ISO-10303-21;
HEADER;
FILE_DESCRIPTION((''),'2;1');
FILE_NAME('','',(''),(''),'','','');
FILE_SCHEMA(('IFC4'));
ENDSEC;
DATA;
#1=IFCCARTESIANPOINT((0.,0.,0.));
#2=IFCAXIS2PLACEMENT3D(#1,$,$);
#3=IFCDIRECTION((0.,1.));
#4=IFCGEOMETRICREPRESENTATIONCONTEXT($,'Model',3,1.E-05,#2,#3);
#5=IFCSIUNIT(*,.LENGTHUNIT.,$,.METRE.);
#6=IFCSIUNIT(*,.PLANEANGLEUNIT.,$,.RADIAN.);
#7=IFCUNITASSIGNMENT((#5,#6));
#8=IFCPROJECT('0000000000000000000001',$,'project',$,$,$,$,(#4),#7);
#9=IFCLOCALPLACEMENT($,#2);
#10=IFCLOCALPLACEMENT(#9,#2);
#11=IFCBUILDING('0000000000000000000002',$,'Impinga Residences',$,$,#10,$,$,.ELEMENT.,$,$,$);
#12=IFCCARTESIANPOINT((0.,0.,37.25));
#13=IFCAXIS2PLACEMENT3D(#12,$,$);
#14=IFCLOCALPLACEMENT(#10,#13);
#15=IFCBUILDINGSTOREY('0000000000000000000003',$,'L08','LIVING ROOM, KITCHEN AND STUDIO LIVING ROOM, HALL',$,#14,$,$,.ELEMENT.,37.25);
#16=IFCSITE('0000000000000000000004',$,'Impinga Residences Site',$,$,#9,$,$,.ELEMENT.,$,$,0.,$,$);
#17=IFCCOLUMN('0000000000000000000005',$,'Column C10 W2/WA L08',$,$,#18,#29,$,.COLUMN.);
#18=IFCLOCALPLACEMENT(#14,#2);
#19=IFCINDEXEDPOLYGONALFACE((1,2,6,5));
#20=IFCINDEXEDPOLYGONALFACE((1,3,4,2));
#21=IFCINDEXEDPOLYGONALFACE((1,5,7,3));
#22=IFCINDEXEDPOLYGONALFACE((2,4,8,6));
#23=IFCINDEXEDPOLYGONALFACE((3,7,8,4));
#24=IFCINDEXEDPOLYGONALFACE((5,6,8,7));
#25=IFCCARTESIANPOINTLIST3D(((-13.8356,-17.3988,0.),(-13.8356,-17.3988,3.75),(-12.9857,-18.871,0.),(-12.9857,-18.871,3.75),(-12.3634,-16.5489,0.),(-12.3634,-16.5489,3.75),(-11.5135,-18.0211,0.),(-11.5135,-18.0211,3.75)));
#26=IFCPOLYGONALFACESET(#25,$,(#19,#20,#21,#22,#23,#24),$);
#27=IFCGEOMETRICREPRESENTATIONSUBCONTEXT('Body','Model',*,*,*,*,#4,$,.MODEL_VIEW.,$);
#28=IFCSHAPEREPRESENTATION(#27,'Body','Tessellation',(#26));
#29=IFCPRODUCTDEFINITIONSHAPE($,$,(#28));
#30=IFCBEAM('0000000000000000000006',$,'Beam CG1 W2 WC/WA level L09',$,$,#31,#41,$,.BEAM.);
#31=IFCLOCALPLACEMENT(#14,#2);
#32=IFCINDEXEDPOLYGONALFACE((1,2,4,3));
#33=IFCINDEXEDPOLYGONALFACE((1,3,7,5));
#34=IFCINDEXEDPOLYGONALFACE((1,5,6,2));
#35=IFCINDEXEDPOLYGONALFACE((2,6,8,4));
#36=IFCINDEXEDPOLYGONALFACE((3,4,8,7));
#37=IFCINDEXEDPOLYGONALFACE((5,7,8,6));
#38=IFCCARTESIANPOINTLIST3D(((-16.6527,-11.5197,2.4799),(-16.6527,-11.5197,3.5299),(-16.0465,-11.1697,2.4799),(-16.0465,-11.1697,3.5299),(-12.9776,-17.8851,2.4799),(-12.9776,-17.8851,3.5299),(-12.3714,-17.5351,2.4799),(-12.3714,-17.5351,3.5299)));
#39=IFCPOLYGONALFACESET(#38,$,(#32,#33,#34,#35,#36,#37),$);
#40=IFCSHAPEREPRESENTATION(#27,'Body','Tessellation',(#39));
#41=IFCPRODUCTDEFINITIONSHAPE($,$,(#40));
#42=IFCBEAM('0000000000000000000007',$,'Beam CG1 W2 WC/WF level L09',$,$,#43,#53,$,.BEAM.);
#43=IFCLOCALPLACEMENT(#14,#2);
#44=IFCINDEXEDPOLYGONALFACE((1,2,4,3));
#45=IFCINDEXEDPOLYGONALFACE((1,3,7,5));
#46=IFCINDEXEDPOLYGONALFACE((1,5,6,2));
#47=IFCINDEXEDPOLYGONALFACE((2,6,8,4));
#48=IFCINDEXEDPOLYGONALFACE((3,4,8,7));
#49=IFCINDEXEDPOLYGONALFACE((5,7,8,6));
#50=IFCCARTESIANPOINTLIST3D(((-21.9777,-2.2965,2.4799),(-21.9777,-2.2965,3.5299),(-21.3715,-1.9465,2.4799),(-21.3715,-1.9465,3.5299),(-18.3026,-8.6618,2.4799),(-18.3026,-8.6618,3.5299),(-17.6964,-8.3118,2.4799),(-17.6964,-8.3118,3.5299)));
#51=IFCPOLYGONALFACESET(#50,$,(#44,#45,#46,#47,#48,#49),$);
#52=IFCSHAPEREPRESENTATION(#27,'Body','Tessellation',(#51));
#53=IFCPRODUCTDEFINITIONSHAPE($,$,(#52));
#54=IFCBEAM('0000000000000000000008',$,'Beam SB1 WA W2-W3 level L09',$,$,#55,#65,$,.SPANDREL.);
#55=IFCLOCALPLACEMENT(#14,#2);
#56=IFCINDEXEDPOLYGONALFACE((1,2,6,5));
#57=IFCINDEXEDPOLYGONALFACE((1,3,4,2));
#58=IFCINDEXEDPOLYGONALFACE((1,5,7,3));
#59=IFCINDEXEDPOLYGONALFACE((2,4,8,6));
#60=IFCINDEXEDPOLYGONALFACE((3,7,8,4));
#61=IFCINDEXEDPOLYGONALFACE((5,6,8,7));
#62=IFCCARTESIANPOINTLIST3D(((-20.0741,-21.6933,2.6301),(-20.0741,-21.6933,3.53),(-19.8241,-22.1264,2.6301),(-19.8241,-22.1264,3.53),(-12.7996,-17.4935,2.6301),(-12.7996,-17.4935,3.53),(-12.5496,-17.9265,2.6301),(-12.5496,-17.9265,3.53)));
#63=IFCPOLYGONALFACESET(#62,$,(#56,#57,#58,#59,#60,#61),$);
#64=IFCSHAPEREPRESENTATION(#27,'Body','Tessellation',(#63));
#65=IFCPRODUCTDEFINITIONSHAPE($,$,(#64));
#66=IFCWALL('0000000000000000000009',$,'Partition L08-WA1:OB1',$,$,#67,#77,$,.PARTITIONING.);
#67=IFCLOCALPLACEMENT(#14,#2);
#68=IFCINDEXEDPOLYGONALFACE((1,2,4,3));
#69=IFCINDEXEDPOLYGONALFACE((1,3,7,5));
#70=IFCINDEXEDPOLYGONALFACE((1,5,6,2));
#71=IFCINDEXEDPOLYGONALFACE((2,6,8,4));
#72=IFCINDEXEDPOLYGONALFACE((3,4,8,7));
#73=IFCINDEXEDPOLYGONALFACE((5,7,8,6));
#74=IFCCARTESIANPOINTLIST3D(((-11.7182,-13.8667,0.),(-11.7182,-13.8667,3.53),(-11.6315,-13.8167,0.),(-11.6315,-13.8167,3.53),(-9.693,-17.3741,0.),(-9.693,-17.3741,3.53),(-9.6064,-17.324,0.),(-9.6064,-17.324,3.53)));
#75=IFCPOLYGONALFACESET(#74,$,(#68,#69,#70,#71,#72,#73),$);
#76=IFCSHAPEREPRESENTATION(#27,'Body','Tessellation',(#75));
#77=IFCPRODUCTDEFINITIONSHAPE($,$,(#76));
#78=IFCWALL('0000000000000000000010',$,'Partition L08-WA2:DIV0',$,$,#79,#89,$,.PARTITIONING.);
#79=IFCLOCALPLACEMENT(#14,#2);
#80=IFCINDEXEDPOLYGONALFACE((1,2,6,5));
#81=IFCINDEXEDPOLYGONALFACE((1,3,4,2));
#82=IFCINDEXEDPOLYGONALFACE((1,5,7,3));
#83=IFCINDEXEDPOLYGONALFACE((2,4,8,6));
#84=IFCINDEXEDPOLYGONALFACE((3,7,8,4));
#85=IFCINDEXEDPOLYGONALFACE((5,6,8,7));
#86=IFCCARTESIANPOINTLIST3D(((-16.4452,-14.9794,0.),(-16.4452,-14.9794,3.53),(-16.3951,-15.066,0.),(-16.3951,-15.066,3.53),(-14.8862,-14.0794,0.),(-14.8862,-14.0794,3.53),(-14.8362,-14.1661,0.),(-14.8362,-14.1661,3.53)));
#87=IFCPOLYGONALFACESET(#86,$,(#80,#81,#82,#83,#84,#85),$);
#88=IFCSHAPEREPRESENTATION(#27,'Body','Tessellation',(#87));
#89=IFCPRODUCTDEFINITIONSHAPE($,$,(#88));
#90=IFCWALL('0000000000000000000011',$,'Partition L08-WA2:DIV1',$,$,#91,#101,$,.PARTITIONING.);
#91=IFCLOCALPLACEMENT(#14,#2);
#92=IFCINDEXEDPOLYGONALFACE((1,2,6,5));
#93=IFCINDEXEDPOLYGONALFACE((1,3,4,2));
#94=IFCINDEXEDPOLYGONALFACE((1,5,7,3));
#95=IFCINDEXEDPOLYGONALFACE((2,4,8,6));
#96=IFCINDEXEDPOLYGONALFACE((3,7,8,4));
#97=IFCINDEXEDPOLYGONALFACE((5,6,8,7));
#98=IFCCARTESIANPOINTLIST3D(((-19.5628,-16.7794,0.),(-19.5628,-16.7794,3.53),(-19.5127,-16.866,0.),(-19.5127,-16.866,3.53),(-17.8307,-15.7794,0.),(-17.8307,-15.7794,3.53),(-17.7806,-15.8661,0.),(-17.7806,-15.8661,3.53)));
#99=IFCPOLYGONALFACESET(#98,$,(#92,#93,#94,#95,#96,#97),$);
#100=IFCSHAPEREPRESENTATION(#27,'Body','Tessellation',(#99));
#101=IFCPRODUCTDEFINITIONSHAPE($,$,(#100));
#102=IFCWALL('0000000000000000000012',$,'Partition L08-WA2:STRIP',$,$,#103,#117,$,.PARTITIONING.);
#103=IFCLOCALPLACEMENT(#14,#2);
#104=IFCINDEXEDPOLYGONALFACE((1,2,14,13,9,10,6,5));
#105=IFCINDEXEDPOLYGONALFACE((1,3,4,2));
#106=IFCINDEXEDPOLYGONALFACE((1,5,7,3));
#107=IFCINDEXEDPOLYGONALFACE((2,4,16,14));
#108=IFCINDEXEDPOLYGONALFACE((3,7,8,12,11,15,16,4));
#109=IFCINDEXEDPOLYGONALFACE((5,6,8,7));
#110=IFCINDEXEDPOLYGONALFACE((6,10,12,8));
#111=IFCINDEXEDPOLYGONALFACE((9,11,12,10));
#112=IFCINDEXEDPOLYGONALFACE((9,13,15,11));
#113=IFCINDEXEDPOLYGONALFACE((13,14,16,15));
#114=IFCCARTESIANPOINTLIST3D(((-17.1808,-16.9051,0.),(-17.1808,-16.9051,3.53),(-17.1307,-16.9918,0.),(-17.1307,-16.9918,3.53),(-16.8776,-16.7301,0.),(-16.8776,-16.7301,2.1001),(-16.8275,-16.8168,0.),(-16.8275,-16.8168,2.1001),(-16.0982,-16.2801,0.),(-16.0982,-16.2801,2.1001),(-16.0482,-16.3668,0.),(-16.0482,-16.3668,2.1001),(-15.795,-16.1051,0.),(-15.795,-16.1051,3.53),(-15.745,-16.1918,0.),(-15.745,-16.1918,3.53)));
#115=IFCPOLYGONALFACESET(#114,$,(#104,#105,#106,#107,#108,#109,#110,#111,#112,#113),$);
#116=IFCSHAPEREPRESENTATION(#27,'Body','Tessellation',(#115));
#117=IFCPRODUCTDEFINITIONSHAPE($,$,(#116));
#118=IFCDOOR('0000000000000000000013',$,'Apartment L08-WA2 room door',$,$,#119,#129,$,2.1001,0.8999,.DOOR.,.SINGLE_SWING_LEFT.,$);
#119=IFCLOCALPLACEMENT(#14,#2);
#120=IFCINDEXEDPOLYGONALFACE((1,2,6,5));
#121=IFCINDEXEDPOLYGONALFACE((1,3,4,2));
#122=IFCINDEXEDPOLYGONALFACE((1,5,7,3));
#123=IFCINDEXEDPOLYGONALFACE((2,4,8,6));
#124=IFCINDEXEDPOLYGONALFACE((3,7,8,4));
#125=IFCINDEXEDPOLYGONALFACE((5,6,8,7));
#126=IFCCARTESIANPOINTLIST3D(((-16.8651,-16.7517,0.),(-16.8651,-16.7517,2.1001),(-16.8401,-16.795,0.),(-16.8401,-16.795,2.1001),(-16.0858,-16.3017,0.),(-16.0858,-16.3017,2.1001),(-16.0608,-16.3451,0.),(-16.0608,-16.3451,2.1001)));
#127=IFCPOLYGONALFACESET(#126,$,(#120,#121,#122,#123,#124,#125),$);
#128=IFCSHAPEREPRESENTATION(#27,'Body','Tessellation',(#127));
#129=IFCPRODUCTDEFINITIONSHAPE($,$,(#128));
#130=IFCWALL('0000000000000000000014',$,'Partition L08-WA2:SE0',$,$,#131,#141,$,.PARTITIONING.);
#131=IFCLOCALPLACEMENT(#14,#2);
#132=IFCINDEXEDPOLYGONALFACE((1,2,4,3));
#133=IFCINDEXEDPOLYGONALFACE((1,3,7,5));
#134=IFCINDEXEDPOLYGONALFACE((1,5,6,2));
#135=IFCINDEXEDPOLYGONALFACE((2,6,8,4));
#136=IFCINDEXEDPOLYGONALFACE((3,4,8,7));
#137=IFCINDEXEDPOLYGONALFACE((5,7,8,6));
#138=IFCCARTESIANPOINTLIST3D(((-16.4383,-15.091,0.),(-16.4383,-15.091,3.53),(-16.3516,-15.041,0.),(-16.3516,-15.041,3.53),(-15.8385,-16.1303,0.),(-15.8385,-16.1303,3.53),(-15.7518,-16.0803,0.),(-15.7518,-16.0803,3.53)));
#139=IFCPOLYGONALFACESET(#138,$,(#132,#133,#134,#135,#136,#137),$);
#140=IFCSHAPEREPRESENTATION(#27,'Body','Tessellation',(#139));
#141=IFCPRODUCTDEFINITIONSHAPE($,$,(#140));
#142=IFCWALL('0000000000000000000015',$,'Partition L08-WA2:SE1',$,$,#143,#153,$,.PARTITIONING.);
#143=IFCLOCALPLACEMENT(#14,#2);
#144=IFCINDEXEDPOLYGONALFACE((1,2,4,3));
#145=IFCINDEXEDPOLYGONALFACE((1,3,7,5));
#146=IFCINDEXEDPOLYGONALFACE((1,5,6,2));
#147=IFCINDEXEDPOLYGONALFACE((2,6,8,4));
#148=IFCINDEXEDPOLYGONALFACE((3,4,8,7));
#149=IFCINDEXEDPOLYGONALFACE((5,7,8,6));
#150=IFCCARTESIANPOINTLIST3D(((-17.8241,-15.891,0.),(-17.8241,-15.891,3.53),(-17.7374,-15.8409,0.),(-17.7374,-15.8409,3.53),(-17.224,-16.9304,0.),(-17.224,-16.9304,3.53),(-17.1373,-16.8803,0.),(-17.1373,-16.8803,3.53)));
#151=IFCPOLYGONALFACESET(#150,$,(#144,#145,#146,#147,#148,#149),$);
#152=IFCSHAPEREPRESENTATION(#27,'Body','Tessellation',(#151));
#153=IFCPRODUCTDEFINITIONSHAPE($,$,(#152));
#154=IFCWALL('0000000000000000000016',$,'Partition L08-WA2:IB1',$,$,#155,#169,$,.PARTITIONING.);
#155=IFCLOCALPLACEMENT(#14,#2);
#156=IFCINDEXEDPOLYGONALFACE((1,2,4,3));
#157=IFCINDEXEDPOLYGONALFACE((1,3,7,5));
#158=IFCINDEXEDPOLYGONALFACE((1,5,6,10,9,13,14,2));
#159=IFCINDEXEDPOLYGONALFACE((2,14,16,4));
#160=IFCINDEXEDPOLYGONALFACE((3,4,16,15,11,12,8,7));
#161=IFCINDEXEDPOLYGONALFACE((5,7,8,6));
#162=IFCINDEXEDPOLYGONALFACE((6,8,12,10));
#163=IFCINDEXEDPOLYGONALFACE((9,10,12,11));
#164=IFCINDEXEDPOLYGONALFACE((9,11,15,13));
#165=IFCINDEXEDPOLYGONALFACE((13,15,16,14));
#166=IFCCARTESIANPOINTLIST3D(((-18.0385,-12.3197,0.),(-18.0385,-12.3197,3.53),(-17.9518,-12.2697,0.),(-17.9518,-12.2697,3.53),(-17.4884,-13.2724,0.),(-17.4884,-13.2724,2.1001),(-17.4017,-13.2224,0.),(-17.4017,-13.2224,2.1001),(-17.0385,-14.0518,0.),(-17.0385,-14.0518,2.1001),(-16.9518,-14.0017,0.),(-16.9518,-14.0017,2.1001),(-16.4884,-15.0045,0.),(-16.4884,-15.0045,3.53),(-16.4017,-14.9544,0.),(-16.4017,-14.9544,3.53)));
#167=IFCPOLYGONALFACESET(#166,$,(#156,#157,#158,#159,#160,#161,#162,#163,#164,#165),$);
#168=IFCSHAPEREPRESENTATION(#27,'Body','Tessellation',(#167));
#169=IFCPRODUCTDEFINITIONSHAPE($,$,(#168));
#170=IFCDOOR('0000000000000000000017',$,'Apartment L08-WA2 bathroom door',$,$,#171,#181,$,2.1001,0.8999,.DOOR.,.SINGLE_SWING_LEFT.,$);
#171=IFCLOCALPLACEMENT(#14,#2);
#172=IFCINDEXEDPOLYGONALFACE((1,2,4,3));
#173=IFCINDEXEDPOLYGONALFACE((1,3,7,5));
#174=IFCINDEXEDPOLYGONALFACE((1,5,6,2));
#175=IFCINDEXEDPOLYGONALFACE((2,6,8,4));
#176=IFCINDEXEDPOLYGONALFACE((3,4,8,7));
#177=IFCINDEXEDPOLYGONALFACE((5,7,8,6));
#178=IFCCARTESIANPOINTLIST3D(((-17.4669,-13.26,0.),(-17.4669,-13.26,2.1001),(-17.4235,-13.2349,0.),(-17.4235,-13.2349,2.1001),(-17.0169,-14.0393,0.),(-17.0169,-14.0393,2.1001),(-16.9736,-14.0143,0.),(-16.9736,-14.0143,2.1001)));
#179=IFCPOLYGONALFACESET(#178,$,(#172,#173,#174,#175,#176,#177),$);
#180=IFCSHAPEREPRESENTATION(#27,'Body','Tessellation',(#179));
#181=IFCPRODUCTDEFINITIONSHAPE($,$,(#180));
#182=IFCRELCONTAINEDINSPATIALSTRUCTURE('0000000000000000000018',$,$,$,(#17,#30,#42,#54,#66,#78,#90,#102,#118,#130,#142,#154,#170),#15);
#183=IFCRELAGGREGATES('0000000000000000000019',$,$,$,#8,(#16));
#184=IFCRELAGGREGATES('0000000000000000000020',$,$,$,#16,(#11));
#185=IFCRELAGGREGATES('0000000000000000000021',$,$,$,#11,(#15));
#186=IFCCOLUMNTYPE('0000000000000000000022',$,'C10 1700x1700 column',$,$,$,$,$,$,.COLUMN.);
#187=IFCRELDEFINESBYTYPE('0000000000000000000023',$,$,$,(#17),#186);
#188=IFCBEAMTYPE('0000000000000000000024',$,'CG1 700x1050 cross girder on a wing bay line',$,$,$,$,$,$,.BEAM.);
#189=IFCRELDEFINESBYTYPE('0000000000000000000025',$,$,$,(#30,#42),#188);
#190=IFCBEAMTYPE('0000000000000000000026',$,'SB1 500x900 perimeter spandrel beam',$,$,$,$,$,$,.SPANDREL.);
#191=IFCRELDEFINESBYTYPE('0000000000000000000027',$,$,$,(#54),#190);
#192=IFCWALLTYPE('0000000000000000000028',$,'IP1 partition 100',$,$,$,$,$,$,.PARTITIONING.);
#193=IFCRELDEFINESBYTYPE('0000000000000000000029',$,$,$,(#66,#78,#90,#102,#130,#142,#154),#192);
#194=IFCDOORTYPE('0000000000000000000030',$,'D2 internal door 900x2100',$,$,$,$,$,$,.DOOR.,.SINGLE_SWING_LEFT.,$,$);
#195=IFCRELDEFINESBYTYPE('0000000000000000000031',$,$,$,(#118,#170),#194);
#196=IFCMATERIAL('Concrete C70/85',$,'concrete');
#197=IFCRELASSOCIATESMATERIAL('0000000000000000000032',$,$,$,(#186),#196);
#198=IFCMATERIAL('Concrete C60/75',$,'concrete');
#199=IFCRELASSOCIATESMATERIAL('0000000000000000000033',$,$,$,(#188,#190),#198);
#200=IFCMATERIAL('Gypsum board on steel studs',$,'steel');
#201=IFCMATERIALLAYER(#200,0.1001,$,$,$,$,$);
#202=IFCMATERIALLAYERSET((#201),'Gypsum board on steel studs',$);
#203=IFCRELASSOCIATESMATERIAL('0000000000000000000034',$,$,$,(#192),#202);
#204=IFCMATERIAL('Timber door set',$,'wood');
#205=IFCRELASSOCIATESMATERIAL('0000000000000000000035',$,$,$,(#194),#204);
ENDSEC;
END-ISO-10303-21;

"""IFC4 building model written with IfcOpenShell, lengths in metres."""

from ifc_helpers import new_model, si_unit, direction, frame, frame_2d, origin, origin_2d, place, context, subcontext, project, spatial, rectangle, extrude, material, layer, layer_set, material_profile, profile_set, type_object, element, fill, save


model = new_model("IFC4")

# Units and contexts
model_context = context("Model", 3, precision=1e-05, world=origin(), true_north=direction((0.0, 1.0)))
body_context = subcontext(model_context, "Body", "Model", "MODEL_VIEW")
ifc_project = project(units=[si_unit("LENGTHUNIT", "METRE"), si_unit("PLANEANGLEUNIT", "RADIAN")], contexts=[model_context])

# Site, building, storey
site_placement = place(None, origin())
site = spatial("IfcSite", under=ifc_project, at=site_placement, Name="Impinga Residences Site", CompositionType="ELEMENT", RefElevation=0.0)
building_placement = place(site_placement, origin())
building = spatial("IfcBuilding", under=site, at=building_placement, Name="Impinga Residences", CompositionType="ELEMENT")
storey_placement = place(building_placement, frame((0.0, 0.0, 37.25)))
storey = spatial("IfcBuildingStorey", under=building, at=storey_placement, Name="L08", Description="LIVING ROOM, KITCHEN AND STUDIO LIVING ROOM, HALL", CompositionType="ELEMENT", Elevation=37.25)

# Column
ifc_material_1 = material(Name="Concrete C70/85", Category="concrete")
ifc_material_profile_1 = material_profile(ifc_material_1, rectangle(XDim=1.7, YDim=1.7, at=origin_2d()), Name="RC 1700x1700")
ifc_profile_set_1 = profile_set([ifc_material_profile_1], Name="Concrete C70/85")
column_type = type_object("IfcColumnType", Name="C10 1700x1700 column", PredefinedType="COLUMN", material=ifc_profile_set_1)
column_placement = place(storey_placement, frame((-12.6746, -17.71, 0.0), z_axis=(0.0, 0.0, 1.0), x_axis=(-0.5, 0.866025, 0.0)))
element("IfcColumn", 1, at=column_placement, inside=storey, type_object=column_type, Name="Column C10 W2/WA L08", PredefinedType="COLUMN", context=body_context, shape_type="SweptSolid", body=[
    extrude(rectangle(XDim=1.7, YDim=1.7, at=origin_2d()), origin(), (0.0, 0.0, 1.0), 3.75),
])

# Beams
ifc_material_2 = material(Name="Concrete C60/75", Category="concrete")
ifc_material_profile_2 = material_profile(ifc_material_2, rectangle(XDim=0.7, YDim=1.05, at=origin_2d()), Name="RC 700x1050")
ifc_profile_set_2 = profile_set([ifc_material_profile_2], Name="Concrete C60/75")
beam_type_1 = type_object("IfcBeamType", Name="CG1 700x1050 cross girder on a wing bay line", PredefinedType="BEAM", material=ifc_profile_set_2)
for number, where, z_axis, x_axis, name in (
    (2, (-16.3496, -11.3447, 3.0049), (0.500008, -0.866021, 0.0), (0.866021, 0.500008, 0.0), "Beam CG1 W2 WC/WA level L09"),
    (3, (-17.9995, -8.4868, 3.0049), (-0.500008, 0.866021, 0.0), (-0.866021, -0.500008, 0.0), "Beam CG1 W2 WC/WF level L09"),
):
    element("IfcBeam", number, at=place(storey_placement, frame(where, z_axis=z_axis, x_axis=x_axis)), inside=storey, type_object=beam_type_1, Name=name, PredefinedType="BEAM", context=body_context, shape_type="SweptSolid", body=[
        extrude(rectangle(XDim=0.7, YDim=1.05, at=origin_2d()), origin(), (0.0, 0.0, 1.0), 7.3501),
    ])
ifc_material_profile_3 = material_profile(ifc_material_2, rectangle(XDim=0.5, YDim=0.8999, at=origin_2d()), Name="RC 500x900")
ifc_profile_set_3 = profile_set([ifc_material_profile_3], Name="Concrete C60/75")
beam_type_2 = type_object("IfcBeamType", Name="SB1 500x900 perimeter spandrel beam", PredefinedType="SPANDREL", material=ifc_profile_set_3)
beam_placement = place(storey_placement, frame((-12.6746, -17.71, 3.0801), z_axis=(-0.866029, -0.499993, 0.0), x_axis=(0.499993, -0.866029, 0.0)))
element("IfcBeam", 4, at=beam_placement, inside=storey, type_object=beam_type_2, Name="Beam SB1 WA W2-W3 level L09", PredefinedType="SPANDREL", context=body_context, shape_type="SweptSolid", body=[
    extrude(rectangle(XDim=0.5, YDim=0.8999, at=origin_2d()), origin(), (0.0, 0.0, 1.0), 8.3999),
])

# Walls
ifc_material_3 = material(Name="Gypsum board on steel studs", Category="steel")
ifc_layer_1 = layer(ifc_material_3, 0.1001)
ifc_layer_set_1 = layer_set([ifc_layer_1], Name="Gypsum board on steel studs")
wall_type_1 = type_object("IfcWallType", Name="IP1 partition 100", PredefinedType="PARTITIONING", material=ifc_layer_set_1)
wall_1_placement = place(storey_placement, frame((-11.6748, -13.8418, 0.0), z_axis=(0.0, 0.0, 1.0), x_axis=(0.500036, -0.866005, 0.0)))
element("IfcWall", 5, at=wall_1_placement, inside=storey, type_object=wall_type_1, Name="Partition L08-WA1:OB1", PredefinedType="PARTITIONING", context=body_context, shape_type="SweptSolid", body=[
    extrude(rectangle(XDim=4.05, YDim=0.1001, at=frame_2d((2.0249, 0.0))), origin(), (0.0, 0.0, 1.0), 3.53),
])
wall_2_placement = place(storey_placement, frame((-14.8613, -14.1228, 0.0), z_axis=(0.0, 0.0, 1.0), x_axis=(-0.866048, -0.499961, 0.0)))
element("IfcWall", 6, at=wall_2_placement, inside=storey, type_object=wall_type_1, Name="Partition L08-WA2:DIV0", PredefinedType="PARTITIONING", context=body_context, shape_type="SweptSolid", body=[
    extrude(rectangle(XDim=1.8, YDim=0.1001, at=frame_2d((0.8999, 0.0))), origin(), (0.0, 0.0, 1.0), 3.53),
])
wall_3_placement = place(storey_placement, frame((-17.8057, -15.8228, 0.0), z_axis=(0.0, 0.0, 1.0), x_axis=(-0.866041, -0.499973, 0.0)))
element("IfcWall", 7, at=wall_3_placement, inside=storey, type_object=wall_type_1, Name="Partition L08-WA2:DIV1", PredefinedType="PARTITIONING", context=body_context, shape_type="SweptSolid", body=[
    extrude(rectangle(XDim=2.0, YDim=0.1001, at=frame_2d((1.0, 0.0))), origin(), (0.0, 0.0, 1.0), 3.53),
])

# Wall, opening, door
wall_4_placement = place(storey_placement, frame((-15.77, -16.1484, 0.0), z_axis=(0.0, 0.0, 1.0), x_axis=(-0.866028, -0.499995, 0.0)))
wall_4 = element("IfcWall", 8, at=wall_4_placement, inside=storey, type_object=wall_type_1, Name="Partition L08-WA2:STRIP", PredefinedType="PARTITIONING", context=body_context, shape_type="SweptSolid", body=[
    extrude(rectangle(XDim=1.6001, YDim=0.1001, at=frame_2d((0.8, 0.0))), origin(), (0.0, 0.0, 1.0), 3.53),
])
opening_1_placement = place(wall_4_placement, frame((0.3501, 0.0, 0.0)))
opening_1 = element("IfcOpeningElement", 9, at=opening_1_placement, cuts=wall_4, PredefinedType="OPENING", context=body_context, shape_type="SweptSolid", body=[
    extrude(rectangle(XDim=0.8999, YDim=2.1001, at=frame_2d((0.45, 1.05))), frame((0.0, 0.0601, 0.0), z_axis=(0.0, -1.0, 0.0), x_axis=(1.0, 0.0, 0.0)), (0.0, 0.0, 1.0), 0.1201),
])
ifc_material_4 = material(Name="Timber door set", Category="wood")
door_type = type_object("IfcDoorType", Name="D2 internal door 900x2100", OperationType="SINGLE_SWING_LEFT", PredefinedType="DOOR", material=ifc_material_4)
door_1_placement = place(opening_1_placement, origin())
door_1 = element("IfcDoor", 10, at=door_1_placement, inside=storey, type_object=door_type, Name="Apartment L08-WA2 room door", OperationType="SINGLE_SWING_LEFT", OverallHeight=2.1001, OverallWidth=0.8999, PredefinedType="DOOR", context=body_context, shape_type="SweptSolid", body=[
    extrude(rectangle(XDim=0.8999, YDim=2.1001, at=frame_2d((0.45, 1.05))), frame((0.0, 0.0249, 0.0), z_axis=(0.0, -1.0, 0.0), x_axis=(1.0, 0.0, 0.0)), (0.0, 0.0, 1.0), 0.05),
])
fill(opening_1, door_1)

# Walls
wall_5_placement = place(storey_placement, frame((-16.395, -15.0659, 0.0), z_axis=(0.0, 0.0, 1.0), x_axis=(0.499881, -0.866094, 0.0)))
element("IfcWall", 11, at=wall_5_placement, inside=storey, type_object=wall_type_1, Name="Partition L08-WA2:SE0", PredefinedType="PARTITIONING", context=body_context, shape_type="SweptSolid", body=[
    extrude(rectangle(XDim=1.2, YDim=0.1001, at=frame_2d((0.6001, 0.0))), origin(), (0.0, 0.0, 1.0), 3.53),
])
wall_6_placement = place(storey_placement, frame((-17.7808, -15.866, 0.0), z_axis=(0.0, 0.0, 1.0), x_axis=(0.500034, -0.866006, 0.0)))
element("IfcWall", 12, at=wall_6_placement, inside=storey, type_object=wall_type_1, Name="Partition L08-WA2:SE1", PredefinedType="PARTITIONING", context=body_context, shape_type="SweptSolid", body=[
    extrude(rectangle(XDim=1.2002, YDim=0.1001, at=frame_2d((0.6001, 0.0))), origin(), (0.0, 0.0, 1.0), 3.53),
])

# Wall, opening, door
wall_7_placement = place(storey_placement, frame((-17.9951, -12.2947, 0.0), z_axis=(0.0, 0.0, 1.0), x_axis=(0.499993, -0.86603, 0.0)))
wall_7 = element("IfcWall", 13, at=wall_7_placement, inside=storey, type_object=wall_type_1, Name="Partition L08-WA2:IB1", PredefinedType="PARTITIONING", context=body_context, shape_type="SweptSolid", body=[
    extrude(rectangle(XDim=3.1001, YDim=0.1001, at=frame_2d((1.55, 0.0))), origin(), (0.0, 0.0, 1.0), 3.53),
])
opening_2_placement = place(wall_7_placement, frame((1.1001, 0.0, 0.0)))
opening_2 = element("IfcOpeningElement", 14, at=opening_2_placement, cuts=wall_7, PredefinedType="OPENING", context=body_context, shape_type="SweptSolid", body=[
    extrude(rectangle(XDim=0.8999, YDim=2.1001, at=frame_2d((0.45, 1.05))), frame((0.0, 0.0601, 0.0), z_axis=(0.0, -1.0, 0.0), x_axis=(1.0, 0.0, 0.0)), (0.0, 0.0, 1.0), 0.1201),
])
door_2_placement = place(opening_2_placement, origin())
door_2 = element("IfcDoor", 15, at=door_2_placement, inside=storey, type_object=door_type, Name="Apartment L08-WA2 bathroom door", OperationType="SINGLE_SWING_LEFT", OverallHeight=2.1001, OverallWidth=0.8999, PredefinedType="DOOR", context=body_context, shape_type="SweptSolid", body=[
    extrude(rectangle(XDim=0.8999, YDim=2.1001, at=frame_2d((0.45, 1.05))), frame((0.0, 0.0249, 0.0), z_axis=(0.0, -1.0, 0.0), x_axis=(1.0, 0.0, 0.0)), (0.0, 0.0, 1.0), 0.05),
])
fill(opening_2, door_2)

save(model, "model.ifc")
